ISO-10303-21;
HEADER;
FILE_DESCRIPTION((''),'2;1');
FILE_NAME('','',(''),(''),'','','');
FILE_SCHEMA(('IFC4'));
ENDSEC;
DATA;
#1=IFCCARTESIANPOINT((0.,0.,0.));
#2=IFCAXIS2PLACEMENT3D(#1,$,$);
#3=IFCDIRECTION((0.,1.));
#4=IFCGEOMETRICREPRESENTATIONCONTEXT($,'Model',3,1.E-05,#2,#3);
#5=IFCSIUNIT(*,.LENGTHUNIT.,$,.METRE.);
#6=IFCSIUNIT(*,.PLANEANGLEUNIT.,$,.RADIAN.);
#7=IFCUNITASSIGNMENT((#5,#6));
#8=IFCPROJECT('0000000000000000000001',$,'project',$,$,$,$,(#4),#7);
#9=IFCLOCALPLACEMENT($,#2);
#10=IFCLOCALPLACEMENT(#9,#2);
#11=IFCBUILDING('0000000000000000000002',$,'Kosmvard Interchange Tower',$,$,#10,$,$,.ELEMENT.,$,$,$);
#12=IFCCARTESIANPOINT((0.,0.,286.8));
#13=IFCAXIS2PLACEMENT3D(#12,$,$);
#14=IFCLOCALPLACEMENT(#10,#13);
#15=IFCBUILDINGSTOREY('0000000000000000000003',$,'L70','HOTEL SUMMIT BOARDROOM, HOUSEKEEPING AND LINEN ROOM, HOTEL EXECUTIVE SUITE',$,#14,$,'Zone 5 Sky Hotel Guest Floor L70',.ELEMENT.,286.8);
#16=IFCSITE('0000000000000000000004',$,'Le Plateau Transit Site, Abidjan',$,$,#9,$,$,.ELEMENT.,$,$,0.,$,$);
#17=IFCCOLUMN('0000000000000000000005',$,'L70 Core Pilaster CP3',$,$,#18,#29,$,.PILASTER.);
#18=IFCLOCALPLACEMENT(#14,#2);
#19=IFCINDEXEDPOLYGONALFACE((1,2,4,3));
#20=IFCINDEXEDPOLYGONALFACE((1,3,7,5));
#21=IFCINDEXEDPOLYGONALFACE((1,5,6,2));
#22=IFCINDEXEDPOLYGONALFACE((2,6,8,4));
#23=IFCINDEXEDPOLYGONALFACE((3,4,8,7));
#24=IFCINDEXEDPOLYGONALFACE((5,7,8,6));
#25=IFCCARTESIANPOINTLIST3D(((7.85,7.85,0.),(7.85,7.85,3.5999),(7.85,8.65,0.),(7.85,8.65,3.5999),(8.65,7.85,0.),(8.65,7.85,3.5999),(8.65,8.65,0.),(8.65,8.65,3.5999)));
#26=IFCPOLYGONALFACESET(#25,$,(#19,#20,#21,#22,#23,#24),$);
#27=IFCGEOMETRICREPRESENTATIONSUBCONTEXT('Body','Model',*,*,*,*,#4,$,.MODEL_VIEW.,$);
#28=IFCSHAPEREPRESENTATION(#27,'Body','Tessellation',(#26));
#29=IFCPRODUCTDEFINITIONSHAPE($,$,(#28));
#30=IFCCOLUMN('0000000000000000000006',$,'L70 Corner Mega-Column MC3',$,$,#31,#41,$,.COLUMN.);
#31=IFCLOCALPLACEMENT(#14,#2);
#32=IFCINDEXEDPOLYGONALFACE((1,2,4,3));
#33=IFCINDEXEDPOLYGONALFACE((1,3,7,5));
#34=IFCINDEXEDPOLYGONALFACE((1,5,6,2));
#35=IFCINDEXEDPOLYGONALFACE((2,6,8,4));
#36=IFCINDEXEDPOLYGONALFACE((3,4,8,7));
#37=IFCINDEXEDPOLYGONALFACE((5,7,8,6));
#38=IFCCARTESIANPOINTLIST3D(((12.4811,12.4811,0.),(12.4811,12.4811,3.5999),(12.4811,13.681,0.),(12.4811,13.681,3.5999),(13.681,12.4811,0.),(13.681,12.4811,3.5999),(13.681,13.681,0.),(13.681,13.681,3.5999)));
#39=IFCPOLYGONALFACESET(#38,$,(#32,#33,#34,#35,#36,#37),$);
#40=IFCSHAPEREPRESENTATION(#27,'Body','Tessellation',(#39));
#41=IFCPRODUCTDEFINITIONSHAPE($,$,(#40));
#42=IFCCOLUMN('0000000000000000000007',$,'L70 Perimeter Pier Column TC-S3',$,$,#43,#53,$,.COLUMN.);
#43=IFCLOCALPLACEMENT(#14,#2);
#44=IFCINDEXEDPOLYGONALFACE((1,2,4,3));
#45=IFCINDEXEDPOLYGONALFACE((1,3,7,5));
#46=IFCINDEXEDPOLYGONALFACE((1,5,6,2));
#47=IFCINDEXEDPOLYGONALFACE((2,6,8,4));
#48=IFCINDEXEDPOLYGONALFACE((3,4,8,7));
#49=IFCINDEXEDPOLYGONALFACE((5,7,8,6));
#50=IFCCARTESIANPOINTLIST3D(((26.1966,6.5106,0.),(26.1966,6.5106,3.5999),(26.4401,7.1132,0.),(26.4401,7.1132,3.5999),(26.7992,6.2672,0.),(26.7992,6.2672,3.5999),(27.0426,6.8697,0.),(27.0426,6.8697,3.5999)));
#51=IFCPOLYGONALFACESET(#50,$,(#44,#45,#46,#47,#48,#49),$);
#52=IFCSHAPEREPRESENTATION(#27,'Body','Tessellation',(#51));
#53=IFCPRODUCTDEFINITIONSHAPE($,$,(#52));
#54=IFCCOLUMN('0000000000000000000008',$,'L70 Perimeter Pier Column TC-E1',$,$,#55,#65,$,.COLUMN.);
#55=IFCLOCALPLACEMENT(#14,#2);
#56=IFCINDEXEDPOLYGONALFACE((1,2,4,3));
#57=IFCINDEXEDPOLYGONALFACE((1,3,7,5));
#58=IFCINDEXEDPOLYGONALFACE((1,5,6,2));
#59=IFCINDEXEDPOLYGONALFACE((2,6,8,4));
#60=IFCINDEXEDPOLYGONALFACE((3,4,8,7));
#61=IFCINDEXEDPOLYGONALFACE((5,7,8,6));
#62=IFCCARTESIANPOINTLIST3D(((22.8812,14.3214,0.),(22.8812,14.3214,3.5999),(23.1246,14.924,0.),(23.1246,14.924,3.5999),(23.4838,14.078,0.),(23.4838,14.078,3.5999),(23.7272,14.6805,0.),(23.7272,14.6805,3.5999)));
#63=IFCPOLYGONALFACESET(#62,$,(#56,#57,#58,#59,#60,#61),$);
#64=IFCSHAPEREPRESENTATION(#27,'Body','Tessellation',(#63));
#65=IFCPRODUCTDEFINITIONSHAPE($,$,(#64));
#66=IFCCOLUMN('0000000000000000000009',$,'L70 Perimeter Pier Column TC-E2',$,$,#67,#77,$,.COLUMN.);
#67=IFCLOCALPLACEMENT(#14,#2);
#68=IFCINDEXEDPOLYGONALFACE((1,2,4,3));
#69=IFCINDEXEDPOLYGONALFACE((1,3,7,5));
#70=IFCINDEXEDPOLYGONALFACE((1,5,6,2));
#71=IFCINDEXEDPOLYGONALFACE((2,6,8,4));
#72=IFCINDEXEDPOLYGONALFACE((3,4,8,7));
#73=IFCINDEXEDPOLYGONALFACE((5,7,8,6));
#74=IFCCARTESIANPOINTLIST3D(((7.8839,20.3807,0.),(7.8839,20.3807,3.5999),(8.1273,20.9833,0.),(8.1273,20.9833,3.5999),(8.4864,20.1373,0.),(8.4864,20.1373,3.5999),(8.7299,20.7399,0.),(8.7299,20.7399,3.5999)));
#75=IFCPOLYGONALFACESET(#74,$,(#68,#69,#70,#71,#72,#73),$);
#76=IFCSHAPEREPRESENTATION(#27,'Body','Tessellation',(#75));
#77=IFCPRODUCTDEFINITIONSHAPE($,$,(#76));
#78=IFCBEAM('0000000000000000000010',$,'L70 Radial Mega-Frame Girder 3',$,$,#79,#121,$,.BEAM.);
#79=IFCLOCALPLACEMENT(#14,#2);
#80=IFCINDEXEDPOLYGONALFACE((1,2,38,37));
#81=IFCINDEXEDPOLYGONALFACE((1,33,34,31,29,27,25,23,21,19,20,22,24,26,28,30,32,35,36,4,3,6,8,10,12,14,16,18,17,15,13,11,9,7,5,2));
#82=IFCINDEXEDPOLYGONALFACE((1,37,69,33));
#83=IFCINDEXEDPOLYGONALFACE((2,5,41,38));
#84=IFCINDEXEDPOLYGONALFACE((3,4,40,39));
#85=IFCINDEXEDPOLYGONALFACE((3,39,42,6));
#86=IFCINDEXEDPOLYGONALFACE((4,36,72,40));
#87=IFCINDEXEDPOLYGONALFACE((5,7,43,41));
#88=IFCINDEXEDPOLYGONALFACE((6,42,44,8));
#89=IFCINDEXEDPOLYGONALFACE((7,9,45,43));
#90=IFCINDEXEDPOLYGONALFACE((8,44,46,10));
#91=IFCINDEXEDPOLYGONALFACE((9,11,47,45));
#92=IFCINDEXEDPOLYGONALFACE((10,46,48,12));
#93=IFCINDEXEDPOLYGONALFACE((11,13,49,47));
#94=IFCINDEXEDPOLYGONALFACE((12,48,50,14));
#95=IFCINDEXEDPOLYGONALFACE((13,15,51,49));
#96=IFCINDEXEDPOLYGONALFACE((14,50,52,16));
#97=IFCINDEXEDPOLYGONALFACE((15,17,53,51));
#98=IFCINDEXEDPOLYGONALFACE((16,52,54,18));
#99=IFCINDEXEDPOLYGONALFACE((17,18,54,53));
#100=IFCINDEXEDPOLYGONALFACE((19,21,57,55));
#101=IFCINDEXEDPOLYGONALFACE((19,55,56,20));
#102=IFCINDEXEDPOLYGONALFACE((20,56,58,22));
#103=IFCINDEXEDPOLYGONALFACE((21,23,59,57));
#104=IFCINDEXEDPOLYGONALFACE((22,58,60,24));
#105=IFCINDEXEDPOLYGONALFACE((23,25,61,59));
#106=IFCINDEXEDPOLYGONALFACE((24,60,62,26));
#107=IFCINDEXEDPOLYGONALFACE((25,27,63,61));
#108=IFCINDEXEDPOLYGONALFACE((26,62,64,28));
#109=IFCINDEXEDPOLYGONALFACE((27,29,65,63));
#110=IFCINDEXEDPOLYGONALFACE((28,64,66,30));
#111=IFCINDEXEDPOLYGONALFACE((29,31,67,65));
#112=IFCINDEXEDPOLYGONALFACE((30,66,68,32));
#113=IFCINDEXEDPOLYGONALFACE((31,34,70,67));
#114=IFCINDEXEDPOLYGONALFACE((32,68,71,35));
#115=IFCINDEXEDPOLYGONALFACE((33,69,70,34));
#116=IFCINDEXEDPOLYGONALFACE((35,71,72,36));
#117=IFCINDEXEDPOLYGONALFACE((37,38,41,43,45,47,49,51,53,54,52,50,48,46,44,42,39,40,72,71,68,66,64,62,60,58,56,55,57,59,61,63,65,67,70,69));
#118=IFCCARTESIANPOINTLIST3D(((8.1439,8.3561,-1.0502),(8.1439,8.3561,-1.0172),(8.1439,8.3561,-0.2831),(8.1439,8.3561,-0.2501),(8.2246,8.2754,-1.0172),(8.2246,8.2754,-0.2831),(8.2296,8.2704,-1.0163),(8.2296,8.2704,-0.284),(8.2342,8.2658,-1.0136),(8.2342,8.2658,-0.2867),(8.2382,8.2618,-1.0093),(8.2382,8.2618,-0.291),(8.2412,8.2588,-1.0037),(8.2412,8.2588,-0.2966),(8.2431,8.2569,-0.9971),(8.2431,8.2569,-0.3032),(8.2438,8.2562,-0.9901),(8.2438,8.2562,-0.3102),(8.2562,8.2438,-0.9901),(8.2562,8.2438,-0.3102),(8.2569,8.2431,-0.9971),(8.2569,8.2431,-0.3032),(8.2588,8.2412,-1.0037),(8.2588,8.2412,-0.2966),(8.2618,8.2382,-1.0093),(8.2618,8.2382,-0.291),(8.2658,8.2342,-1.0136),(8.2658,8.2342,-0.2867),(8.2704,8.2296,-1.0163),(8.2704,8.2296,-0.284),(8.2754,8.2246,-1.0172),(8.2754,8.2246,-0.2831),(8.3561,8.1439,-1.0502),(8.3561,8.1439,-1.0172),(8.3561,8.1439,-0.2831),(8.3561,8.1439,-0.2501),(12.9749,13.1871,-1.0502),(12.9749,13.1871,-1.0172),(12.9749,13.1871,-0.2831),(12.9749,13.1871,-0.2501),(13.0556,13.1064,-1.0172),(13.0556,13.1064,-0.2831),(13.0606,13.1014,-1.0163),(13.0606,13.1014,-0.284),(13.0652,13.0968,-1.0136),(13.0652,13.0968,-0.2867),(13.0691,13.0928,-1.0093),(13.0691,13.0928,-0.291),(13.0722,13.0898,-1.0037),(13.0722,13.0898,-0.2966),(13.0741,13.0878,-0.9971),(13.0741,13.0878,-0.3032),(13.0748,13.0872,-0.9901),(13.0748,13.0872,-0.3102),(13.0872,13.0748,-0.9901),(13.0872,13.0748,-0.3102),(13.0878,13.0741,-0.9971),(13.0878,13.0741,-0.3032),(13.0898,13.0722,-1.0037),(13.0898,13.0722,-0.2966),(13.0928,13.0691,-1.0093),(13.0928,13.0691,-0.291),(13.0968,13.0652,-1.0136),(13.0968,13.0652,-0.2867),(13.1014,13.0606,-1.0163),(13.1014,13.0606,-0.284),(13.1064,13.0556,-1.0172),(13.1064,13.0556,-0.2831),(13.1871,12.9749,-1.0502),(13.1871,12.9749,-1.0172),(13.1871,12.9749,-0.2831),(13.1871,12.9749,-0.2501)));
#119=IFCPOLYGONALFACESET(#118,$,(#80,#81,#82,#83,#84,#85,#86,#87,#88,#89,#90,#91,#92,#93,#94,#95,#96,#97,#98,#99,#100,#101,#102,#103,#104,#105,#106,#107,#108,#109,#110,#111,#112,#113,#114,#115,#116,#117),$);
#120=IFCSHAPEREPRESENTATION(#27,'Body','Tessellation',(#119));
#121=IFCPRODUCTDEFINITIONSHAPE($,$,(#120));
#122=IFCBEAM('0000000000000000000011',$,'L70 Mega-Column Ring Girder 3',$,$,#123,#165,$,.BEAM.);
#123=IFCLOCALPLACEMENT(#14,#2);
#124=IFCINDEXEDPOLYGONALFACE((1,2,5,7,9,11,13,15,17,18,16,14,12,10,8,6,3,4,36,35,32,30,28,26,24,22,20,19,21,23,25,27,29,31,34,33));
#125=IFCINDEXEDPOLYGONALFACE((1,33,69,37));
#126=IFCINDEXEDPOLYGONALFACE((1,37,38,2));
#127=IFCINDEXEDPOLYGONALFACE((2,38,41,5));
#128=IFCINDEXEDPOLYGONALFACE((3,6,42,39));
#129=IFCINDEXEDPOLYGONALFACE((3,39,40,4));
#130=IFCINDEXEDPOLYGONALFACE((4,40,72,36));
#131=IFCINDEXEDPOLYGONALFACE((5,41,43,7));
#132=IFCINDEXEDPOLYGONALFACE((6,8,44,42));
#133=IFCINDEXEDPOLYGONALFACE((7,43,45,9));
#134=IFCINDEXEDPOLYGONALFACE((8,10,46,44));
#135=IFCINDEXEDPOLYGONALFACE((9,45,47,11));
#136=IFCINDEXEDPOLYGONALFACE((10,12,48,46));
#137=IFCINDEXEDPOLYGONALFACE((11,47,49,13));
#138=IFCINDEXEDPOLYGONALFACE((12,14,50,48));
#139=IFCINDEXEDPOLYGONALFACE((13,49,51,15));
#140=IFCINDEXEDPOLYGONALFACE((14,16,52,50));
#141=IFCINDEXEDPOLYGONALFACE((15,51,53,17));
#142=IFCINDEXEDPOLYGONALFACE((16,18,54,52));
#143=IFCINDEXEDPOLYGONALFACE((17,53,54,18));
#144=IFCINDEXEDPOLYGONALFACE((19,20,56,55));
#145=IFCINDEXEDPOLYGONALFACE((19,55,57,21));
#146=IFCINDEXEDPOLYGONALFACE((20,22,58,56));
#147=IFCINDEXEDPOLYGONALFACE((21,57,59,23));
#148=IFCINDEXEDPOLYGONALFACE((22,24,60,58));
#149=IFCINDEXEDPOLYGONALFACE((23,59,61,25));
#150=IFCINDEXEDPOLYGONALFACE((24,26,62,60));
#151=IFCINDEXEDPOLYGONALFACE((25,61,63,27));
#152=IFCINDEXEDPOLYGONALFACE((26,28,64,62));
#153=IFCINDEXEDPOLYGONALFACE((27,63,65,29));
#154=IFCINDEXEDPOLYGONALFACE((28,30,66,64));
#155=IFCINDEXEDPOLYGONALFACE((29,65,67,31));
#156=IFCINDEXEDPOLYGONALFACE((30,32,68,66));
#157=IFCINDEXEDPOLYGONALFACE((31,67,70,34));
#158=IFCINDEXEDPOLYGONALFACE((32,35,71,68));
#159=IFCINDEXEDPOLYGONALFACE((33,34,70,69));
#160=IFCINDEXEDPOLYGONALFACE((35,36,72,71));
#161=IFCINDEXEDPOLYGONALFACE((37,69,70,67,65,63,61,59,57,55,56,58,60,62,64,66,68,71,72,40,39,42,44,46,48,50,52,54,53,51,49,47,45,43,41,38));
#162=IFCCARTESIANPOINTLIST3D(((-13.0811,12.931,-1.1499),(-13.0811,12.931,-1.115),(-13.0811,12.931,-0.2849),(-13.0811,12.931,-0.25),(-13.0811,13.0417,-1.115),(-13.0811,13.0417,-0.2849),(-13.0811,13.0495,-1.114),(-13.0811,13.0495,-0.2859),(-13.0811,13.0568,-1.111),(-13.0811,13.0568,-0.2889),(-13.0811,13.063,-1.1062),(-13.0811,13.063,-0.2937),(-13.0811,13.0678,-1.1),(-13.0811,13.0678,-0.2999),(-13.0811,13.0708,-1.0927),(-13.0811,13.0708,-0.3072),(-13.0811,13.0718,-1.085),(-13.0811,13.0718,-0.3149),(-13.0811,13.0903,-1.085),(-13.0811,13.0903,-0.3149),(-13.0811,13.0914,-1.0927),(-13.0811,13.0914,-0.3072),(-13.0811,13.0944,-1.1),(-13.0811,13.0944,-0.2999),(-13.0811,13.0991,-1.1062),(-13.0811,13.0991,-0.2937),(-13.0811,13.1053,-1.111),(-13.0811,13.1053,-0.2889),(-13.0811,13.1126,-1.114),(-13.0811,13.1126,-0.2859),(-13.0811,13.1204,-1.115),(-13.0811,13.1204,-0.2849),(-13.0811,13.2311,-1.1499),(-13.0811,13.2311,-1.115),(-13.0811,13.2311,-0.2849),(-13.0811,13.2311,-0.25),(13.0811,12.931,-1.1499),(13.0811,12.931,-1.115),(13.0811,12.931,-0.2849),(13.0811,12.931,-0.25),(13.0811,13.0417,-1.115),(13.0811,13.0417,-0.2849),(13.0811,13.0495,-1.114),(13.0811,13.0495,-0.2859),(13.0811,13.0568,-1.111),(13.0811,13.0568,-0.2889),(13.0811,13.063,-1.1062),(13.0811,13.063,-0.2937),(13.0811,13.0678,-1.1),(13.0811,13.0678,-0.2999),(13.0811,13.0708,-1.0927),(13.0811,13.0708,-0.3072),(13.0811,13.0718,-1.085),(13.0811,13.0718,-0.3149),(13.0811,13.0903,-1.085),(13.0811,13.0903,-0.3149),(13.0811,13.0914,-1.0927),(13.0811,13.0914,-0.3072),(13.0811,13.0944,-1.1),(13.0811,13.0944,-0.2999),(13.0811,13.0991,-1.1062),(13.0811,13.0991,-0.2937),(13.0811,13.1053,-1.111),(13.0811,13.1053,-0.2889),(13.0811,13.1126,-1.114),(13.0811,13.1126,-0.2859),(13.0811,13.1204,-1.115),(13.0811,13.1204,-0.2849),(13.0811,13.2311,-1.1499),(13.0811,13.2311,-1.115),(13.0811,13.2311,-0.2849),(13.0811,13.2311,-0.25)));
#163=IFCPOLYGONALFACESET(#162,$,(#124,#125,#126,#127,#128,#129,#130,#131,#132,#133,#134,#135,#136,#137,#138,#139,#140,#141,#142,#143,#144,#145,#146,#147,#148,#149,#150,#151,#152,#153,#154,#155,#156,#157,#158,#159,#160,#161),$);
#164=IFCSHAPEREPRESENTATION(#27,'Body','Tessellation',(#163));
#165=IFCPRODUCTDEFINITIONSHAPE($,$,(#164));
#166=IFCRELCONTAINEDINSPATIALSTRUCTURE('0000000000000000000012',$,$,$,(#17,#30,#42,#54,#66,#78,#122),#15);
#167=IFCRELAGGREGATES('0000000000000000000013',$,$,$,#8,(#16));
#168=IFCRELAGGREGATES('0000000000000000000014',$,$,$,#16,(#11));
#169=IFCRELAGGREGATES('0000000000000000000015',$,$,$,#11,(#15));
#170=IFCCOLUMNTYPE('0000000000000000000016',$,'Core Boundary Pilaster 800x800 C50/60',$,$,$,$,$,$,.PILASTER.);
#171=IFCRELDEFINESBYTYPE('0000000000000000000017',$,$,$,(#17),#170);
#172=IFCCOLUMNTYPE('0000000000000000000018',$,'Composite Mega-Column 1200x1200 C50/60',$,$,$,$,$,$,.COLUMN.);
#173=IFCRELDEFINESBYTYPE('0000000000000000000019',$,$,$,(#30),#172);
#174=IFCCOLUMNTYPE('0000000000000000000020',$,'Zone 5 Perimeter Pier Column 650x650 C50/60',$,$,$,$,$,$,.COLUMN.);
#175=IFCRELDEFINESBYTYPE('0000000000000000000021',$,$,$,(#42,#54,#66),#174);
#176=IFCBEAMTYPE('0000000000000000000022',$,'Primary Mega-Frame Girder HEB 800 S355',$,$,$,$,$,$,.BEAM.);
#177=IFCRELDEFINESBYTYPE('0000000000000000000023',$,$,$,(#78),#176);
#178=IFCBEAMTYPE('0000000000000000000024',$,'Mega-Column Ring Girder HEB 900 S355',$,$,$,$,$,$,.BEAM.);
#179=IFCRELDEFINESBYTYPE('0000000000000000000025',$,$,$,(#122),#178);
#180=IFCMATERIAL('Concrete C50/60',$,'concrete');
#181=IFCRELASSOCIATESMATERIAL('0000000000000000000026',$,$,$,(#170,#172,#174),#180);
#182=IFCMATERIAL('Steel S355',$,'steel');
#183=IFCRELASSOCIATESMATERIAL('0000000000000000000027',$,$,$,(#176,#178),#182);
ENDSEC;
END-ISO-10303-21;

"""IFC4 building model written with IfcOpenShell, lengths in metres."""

from ifc_helpers import new_model, si_unit, direction, frame, origin, origin_2d, place, context, subcontext, project, spatial, rectangle, i_section, extrude, source, transform, mapped, material, material_profile, profile_set, type_object, element, save


model = new_model("IFC4")

# Units and contexts
model_context = context("Model", 3, precision=1e-05, world=origin(), true_north=direction((0.0, 1.0)))
body_context = subcontext(model_context, "Body", "Model", "MODEL_VIEW")
ifc_project = project(units=[si_unit("LENGTHUNIT", "METRE"), si_unit("PLANEANGLEUNIT", "RADIAN")], contexts=[model_context])

# Site, building, storey
site_placement = place(None, origin())
site = spatial("IfcSite", under=ifc_project, at=site_placement, Name="Le Plateau Transit Site, Abidjan", CompositionType="ELEMENT", RefElevation=0.0)
building_placement = place(site_placement, origin())
building = spatial("IfcBuilding", under=site, at=building_placement, Name="Kosmvard Interchange Tower", CompositionType="ELEMENT")
storey_placement = place(building_placement, frame((0.0, 0.0, 286.8)))
storey = spatial("IfcBuildingStorey", under=building, at=storey_placement, Name="L70", Description="HOTEL SUMMIT BOARDROOM, HOUSEKEEPING AND LINEN ROOM, HOTEL EXECUTIVE SUITE", LongName="Zone 5 Sky Hotel Guest Floor L70", CompositionType="ELEMENT", Elevation=286.8)

# Columns
ifc_material_1 = material(Name="Concrete C50/60", Category="concrete")
ifc_material_profile_1 = material_profile(ifc_material_1, rectangle(XDim=0.8, YDim=0.8, at=origin_2d()), Name="CP 800x800")
ifc_profile_set_1 = profile_set([ifc_material_profile_1], Name="Concrete C50/60")
column_type_1 = type_object("IfcColumnType", Name="Core Boundary Pilaster 800x800 C50/60", PredefinedType="PILASTER", material=ifc_profile_set_1)
shared_shape_1 = source(origin(), body_context, "Body", "SweptSolid", [
    extrude(rectangle(XDim=0.8, YDim=0.8, at=origin_2d()), origin(), (0.0, 0.0, 1.0), 3.5999),
])
column_1_placement = place(storey_placement, frame((8.25, 8.25, 0.0), z_axis=(0.0, 0.0, 1.0), x_axis=(1.0, 0.0, 0.0)))
element("IfcColumn", 1, at=column_1_placement, inside=storey, type_object=column_type_1, Name="L70 Core Pilaster CP3", PredefinedType="PILASTER", context=body_context, shape_type="MappedRepresentation", body=[
    mapped(shared_shape_1, transform((0.0, 0.0, 0.0), scale=1.0)),
])
ifc_material_profile_2 = material_profile(ifc_material_1, rectangle(XDim=1.2, YDim=1.2, at=origin_2d()), Name="MC 1200x1200")
ifc_profile_set_2 = profile_set([ifc_material_profile_2], Name="Concrete C50/60")
column_type_2 = type_object("IfcColumnType", Name="Composite Mega-Column 1200x1200 C50/60", PredefinedType="COLUMN", material=ifc_profile_set_2)
shared_shape_2 = source(origin(), body_context, "Body", "SweptSolid", [
    extrude(rectangle(XDim=1.2, YDim=1.2, at=origin_2d()), origin(), (0.0, 0.0, 1.0), 3.5999),
])
column_2_placement = place(storey_placement, frame((13.0811, 13.0811, 0.0), z_axis=(0.0, 0.0, 1.0), x_axis=(1.0, 0.0, 0.0)))
element("IfcColumn", 2, at=column_2_placement, inside=storey, type_object=column_type_2, Name="L70 Corner Mega-Column MC3", PredefinedType="COLUMN", context=body_context, shape_type="MappedRepresentation", body=[
    mapped(shared_shape_2, transform((0.0, 0.0, 0.0), scale=1.0)),
])
ifc_material_profile_3 = material_profile(ifc_material_1, rectangle(XDim=0.6499, YDim=0.6499, at=origin_2d()), Name="TC 650x650")
ifc_profile_set_3 = profile_set([ifc_material_profile_3], Name="Concrete C50/60")
column_type_3 = type_object("IfcColumnType", Name="Zone 5 Perimeter Pier Column 650x650 C50/60", PredefinedType="COLUMN", material=ifc_profile_set_3)
shared_shape_3 = source(origin(), body_context, "Body", "SweptSolid", [
    extrude(rectangle(XDim=0.6499, YDim=0.6499, at=origin_2d()), origin(), (0.0, 0.0, 1.0), 3.5999),
])
for number, where, z_axis, x_axis, name in (
    (3, (26.6196, 6.6902, 0.0), (0.0, 0.0, 1.0), (0.374607, 0.927184, 0.0), "L70 Perimeter Pier Column TC-S3"),
    (4, (23.3042, 14.501, 0.0), (0.0, 0.0, 1.0), (0.374607, 0.927184, 0.0), "L70 Perimeter Pier Column TC-E1"),
    (5, (8.3069, 20.5603, 0.0), (0.0, 0.0, 1.0), (0.374607, 0.927184, 0.0), "L70 Perimeter Pier Column TC-E2"),
):
    element("IfcColumn", number, at=place(storey_placement, frame(where, z_axis=z_axis, x_axis=x_axis)), inside=storey, type_object=column_type_3, Name=name, PredefinedType="COLUMN", context=body_context, shape_type="MappedRepresentation", body=[
        mapped(shared_shape_3, transform((0.0, 0.0, 0.0), scale=1.0)),
    ])

# Beams
ifc_material_2 = material(Name="Steel S355", Category="steel")
ifc_material_profile_4 = material_profile(ifc_material_2, i_section(OverallWidth=0.3, OverallDepth=0.8, WebThickness=0.0176, FlangeThickness=0.033, FilletRadius=0.0271, at=origin_2d()), Name="HEB 800")
ifc_profile_set_4 = profile_set([ifc_material_profile_4], Name="Steel S355")
beam_type_1 = type_object("IfcBeamType", Name="Primary Mega-Frame Girder HEB 800 S355", PredefinedType="BEAM", material=ifc_profile_set_4)
shared_shape_4 = source(origin(), body_context, "Body", "SweptSolid", [
    extrude(i_section(OverallWidth=0.3, OverallDepth=0.8, WebThickness=0.0176, FlangeThickness=0.033, FilletRadius=0.0271, at=origin_2d()), origin(), (0.0, 0.0, 1.0), 6.832),
])
beam_1_placement = place(storey_placement, frame((8.25, 8.25, -0.6501), z_axis=(0.707107, 0.707107, 0.0), x_axis=(-0.707107, 0.707107, 0.0)))
element("IfcBeam", 6, at=beam_1_placement, inside=storey, type_object=beam_type_1, Name="L70 Radial Mega-Frame Girder 3", PredefinedType="BEAM", context=body_context, shape_type="MappedRepresentation", body=[
    mapped(shared_shape_4, transform((0.0, 0.0, 0.0), scale=1.0)),
])
ifc_material_profile_5 = material_profile(ifc_material_2, i_section(OverallWidth=0.3, OverallDepth=0.8999, WebThickness=0.0186, FlangeThickness=0.0349, FilletRadius=0.03, at=origin_2d()), Name="HEB 900")
ifc_profile_set_5 = profile_set([ifc_material_profile_5], Name="Steel S355")
beam_type_2 = type_object("IfcBeamType", Name="Mega-Column Ring Girder HEB 900 S355", PredefinedType="BEAM", material=ifc_profile_set_5)
shared_shape_5 = source(origin(), body_context, "Body", "SweptSolid", [
    extrude(i_section(OverallWidth=0.3, OverallDepth=0.8999, WebThickness=0.0186, FlangeThickness=0.0349, FilletRadius=0.03, at=origin_2d()), origin(), (0.0, 0.0, 1.0), 26.1621),
])
beam_2_placement = place(storey_placement, frame((13.0811, 13.0811, -0.7), z_axis=(-1.0, 0.0, 0.0), x_axis=(0.0, -1.0, 0.0)))
element("IfcBeam", 7, at=beam_2_placement, inside=storey, type_object=beam_type_2, Name="L70 Mega-Column Ring Girder 3", PredefinedType="BEAM", context=body_context, shape_type="MappedRepresentation", body=[
    mapped(shared_shape_5, transform((0.0, 0.0, 0.0), scale=1.0)),
])

save(model, "model.ifc")
